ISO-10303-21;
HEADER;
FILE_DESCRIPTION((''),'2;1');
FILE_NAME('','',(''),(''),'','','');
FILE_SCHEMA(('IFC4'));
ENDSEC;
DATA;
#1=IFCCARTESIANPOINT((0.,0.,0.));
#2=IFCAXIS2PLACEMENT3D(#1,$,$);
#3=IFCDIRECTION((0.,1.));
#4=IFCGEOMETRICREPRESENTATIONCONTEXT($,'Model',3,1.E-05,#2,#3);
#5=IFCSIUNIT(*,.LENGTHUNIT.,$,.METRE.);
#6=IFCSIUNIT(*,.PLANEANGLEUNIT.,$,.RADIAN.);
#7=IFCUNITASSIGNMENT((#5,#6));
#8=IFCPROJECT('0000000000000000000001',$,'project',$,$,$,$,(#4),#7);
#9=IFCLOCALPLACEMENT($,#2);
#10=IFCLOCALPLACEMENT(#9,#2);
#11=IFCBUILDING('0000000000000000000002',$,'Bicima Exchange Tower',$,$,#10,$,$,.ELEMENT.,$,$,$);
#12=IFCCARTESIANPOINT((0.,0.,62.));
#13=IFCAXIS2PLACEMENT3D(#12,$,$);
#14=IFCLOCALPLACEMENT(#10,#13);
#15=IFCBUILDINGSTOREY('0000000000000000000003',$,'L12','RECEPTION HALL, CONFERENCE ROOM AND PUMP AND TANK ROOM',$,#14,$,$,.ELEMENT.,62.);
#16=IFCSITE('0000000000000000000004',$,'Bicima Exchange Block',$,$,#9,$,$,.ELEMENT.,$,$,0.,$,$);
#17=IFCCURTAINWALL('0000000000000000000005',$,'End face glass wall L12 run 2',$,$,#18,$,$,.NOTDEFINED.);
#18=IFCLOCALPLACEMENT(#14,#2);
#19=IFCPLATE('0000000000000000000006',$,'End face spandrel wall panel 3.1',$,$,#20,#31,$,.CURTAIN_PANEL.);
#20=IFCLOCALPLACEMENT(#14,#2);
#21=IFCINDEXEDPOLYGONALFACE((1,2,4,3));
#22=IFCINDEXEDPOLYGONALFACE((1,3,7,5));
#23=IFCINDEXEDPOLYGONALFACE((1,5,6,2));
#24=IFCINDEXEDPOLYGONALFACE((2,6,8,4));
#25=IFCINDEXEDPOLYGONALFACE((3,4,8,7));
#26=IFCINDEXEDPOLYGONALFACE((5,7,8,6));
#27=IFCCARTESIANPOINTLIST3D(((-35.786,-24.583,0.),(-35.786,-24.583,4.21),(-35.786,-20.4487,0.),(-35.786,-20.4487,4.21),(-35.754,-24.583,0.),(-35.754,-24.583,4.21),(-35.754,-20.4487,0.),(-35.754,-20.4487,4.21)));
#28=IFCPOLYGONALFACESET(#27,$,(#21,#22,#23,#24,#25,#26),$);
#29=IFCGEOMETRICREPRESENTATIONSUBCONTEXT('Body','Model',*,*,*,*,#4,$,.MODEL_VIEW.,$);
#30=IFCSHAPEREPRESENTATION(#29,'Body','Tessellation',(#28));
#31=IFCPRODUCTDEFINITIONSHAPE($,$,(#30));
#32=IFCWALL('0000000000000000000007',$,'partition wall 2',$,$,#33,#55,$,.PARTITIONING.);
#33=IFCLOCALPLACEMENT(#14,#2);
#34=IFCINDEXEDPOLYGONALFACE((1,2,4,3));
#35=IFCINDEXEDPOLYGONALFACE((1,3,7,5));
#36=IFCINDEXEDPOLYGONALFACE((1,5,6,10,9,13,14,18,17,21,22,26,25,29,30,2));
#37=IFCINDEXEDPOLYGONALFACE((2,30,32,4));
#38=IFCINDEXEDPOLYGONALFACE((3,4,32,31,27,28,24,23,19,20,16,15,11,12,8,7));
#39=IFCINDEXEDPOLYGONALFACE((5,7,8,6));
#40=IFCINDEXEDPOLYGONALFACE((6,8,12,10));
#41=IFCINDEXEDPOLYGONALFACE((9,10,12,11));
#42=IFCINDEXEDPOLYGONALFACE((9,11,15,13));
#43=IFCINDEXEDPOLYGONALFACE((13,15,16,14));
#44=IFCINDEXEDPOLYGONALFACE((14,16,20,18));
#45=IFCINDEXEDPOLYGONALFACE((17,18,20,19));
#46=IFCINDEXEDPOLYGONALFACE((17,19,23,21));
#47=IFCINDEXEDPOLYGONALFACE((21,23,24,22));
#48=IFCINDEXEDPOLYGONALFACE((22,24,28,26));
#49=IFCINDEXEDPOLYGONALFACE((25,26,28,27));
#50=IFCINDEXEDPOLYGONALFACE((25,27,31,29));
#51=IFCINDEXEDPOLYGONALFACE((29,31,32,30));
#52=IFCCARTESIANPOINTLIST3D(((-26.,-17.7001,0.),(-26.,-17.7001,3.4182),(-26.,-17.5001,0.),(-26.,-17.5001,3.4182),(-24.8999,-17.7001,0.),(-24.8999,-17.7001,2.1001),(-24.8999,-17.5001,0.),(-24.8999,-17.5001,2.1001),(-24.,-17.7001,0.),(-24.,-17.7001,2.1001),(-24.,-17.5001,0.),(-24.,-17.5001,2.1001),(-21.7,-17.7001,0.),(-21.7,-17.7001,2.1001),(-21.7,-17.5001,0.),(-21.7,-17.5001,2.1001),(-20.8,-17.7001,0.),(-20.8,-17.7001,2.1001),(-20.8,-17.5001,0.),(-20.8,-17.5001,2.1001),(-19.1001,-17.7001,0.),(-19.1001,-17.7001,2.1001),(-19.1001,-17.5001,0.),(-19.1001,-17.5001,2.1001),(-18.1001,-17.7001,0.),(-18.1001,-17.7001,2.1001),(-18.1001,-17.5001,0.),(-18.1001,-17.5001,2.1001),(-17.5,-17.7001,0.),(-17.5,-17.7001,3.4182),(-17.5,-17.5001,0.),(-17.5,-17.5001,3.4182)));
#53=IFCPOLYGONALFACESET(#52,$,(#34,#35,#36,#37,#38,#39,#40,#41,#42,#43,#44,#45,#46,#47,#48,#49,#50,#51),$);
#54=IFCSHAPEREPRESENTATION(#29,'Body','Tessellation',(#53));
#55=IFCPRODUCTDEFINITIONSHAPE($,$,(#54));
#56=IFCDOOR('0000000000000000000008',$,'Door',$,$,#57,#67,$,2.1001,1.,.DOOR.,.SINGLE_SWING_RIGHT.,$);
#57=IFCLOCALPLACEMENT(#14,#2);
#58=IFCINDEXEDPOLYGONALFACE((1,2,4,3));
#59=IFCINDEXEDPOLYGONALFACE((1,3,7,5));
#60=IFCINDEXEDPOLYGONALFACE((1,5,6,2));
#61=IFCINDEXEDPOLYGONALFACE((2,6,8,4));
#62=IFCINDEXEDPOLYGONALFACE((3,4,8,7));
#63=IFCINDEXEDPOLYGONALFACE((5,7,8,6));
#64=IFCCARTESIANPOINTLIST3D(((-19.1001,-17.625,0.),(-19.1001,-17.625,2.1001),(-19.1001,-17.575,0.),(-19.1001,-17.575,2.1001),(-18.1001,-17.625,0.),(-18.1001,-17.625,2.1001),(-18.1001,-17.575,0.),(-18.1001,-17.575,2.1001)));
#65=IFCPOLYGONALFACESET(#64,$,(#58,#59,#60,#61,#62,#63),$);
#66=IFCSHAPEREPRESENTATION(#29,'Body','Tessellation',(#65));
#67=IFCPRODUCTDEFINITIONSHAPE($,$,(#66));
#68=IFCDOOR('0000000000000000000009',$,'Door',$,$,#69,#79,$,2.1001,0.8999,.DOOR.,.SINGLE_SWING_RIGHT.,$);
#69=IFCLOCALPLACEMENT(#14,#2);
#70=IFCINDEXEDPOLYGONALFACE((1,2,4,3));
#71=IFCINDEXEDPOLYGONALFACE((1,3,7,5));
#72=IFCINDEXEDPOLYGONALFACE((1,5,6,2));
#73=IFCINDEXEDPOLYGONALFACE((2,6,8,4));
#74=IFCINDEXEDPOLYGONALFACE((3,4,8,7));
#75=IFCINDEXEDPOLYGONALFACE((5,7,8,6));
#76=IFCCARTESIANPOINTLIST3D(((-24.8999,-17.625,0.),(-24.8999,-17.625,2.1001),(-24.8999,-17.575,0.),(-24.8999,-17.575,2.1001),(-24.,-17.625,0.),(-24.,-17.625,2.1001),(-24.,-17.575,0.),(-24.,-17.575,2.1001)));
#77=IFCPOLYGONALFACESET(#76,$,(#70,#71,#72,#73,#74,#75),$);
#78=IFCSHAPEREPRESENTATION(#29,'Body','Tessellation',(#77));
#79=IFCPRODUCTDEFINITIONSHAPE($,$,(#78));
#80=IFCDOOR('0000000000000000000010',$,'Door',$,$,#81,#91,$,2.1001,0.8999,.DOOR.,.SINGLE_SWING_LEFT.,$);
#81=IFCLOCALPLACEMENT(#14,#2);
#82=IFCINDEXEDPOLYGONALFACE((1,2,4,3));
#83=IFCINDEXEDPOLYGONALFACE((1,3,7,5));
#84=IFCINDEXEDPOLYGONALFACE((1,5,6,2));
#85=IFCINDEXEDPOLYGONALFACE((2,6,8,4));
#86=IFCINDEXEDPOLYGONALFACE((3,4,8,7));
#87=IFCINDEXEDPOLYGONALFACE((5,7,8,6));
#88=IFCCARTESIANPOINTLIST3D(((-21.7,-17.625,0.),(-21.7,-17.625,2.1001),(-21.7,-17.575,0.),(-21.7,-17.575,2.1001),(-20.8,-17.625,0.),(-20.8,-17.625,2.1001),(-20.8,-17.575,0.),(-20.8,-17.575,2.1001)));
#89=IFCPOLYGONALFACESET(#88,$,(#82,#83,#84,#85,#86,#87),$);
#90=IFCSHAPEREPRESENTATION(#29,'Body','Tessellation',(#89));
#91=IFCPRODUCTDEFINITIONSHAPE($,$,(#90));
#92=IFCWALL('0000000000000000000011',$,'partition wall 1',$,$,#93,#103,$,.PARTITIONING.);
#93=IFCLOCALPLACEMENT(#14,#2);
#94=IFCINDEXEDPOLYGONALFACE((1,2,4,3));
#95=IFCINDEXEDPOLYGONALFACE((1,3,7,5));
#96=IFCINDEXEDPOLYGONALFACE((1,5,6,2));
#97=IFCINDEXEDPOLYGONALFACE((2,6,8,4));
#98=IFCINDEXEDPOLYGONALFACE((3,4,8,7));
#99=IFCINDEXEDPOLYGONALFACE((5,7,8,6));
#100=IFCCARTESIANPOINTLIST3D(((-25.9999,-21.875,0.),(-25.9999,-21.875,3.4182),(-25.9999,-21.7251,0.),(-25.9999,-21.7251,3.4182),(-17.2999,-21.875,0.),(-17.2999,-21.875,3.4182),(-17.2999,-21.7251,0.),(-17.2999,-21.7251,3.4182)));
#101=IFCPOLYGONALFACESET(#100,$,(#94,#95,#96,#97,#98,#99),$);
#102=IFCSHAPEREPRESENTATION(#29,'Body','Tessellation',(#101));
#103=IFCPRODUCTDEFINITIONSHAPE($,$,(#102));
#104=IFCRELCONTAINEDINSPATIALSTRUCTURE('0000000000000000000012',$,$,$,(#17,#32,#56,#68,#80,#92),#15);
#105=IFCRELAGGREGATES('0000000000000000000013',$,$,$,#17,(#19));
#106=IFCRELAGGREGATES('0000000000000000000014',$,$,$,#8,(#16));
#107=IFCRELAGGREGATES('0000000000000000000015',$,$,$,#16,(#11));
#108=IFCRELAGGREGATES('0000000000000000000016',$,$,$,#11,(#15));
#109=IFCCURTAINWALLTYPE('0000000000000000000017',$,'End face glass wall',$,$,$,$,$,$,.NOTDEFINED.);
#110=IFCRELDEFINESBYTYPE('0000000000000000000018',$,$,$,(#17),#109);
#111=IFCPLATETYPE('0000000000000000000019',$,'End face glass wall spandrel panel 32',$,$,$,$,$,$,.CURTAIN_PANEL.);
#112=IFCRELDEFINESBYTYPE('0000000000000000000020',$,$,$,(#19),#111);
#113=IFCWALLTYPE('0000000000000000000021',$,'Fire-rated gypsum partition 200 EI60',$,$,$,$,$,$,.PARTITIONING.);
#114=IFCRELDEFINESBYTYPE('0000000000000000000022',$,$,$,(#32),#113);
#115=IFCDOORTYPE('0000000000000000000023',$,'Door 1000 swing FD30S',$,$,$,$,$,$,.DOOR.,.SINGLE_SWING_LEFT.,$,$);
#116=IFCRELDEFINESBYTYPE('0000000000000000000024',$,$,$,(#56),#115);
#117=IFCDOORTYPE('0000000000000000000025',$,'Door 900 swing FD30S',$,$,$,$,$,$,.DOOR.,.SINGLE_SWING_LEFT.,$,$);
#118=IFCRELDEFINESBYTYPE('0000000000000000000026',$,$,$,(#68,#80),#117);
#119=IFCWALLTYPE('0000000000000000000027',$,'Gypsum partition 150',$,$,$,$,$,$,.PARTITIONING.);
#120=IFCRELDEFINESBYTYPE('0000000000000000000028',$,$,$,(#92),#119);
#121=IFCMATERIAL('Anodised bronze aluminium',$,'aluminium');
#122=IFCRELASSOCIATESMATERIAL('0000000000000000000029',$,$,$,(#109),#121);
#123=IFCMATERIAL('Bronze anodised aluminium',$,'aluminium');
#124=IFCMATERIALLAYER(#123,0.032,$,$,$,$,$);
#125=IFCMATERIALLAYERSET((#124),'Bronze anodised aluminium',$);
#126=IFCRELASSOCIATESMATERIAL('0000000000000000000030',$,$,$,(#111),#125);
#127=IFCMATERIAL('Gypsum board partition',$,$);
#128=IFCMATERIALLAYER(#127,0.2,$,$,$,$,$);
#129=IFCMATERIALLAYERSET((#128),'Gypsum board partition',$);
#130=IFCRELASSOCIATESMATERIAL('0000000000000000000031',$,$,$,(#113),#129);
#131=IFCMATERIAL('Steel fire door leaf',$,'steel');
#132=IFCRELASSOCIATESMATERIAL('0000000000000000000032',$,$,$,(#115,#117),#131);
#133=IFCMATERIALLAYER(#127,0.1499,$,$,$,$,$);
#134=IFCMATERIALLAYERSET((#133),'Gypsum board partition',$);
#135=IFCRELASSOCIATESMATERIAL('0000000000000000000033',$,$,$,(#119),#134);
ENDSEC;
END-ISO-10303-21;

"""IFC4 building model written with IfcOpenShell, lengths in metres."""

from ifc_helpers import new_model, si_unit, direction, frame, frame_2d, origin, origin_2d, place, context, subcontext, project, spatial, rectangle, extrude, material, layer, layer_set, type_object, element, fill, aggregate, save


model = new_model("IFC4")

# Units and contexts
model_context = context("Model", 3, precision=1e-05, world=origin(), true_north=direction((0.0, 1.0)))
body_context = subcontext(model_context, "Body", "Model", "MODEL_VIEW")
ifc_project = project(units=[si_unit("LENGTHUNIT", "METRE"), si_unit("PLANEANGLEUNIT", "RADIAN")], contexts=[model_context])

# Site, building, storey
site_placement = place(None, origin())
site = spatial("IfcSite", under=ifc_project, at=site_placement, Name="Bicima Exchange Block", CompositionType="ELEMENT", RefElevation=0.0)
building_placement = place(site_placement, origin())
building = spatial("IfcBuilding", under=site, at=building_placement, Name="Bicima Exchange Tower", CompositionType="ELEMENT")
storey_placement = place(building_placement, frame((0.0, 0.0, 62.0)))
storey = spatial("IfcBuildingStorey", under=building, at=storey_placement, Name="L12", Description="RECEPTION HALL, CONFERENCE ROOM AND PUMP AND TANK ROOM", CompositionType="ELEMENT", Elevation=62.0)

# Curtain wall
ifc_material_1 = material(Name="Anodised bronze aluminium", Category="aluminium")
curtain_wall_type = type_object("IfcCurtainWallType", Name="End face glass wall", PredefinedType="NOTDEFINED", material=ifc_material_1)
curtain_wall_placement = place(storey_placement, origin())
curtain_wall = element("IfcCurtainWall", 1, at=curtain_wall_placement, inside=storey, type_object=curtain_wall_type, Name="End face glass wall L12 run 2", PredefinedType="NOTDEFINED")

# Plate
ifc_material_2 = material(Name="Bronze anodised aluminium", Category="aluminium")
ifc_layer_1 = layer(ifc_material_2, 0.032)
ifc_layer_set_1 = layer_set([ifc_layer_1], Name="Bronze anodised aluminium")
plate_type_1 = type_object("IfcPlateType", Name="End face glass wall spandrel panel 32", PredefinedType="CURTAIN_PANEL", material=ifc_layer_set_1)
plate_1_placement = place(storey_placement, frame((-35.77, -22.5159, 0.0), z_axis=(0.0, 0.0, 1.0), x_axis=(0.0, -1.0, 0.0)))
plate_1 = element("IfcPlate", 2, at=plate_1_placement, type_object=plate_type_1, Name="End face spandrel wall panel 3.1", PredefinedType="CURTAIN_PANEL", context=body_context, shape_type="SweptSolid", body=[
    extrude(rectangle(XDim=4.1343, YDim=0.032, at=origin_2d()), origin(), (0.0, 0.0, 1.0), 4.21),
])
aggregate(curtain_wall, [plate_1])

# Wall, openings, doors
ifc_material_3 = material(Name="Gypsum board partition")
ifc_layer_2 = layer(ifc_material_3, 0.2)
ifc_layer_set_2 = layer_set([ifc_layer_2], Name="Gypsum board partition")
wall_type_1 = type_object("IfcWallType", Name="Fire-rated gypsum partition 200 EI60", PredefinedType="PARTITIONING", material=ifc_layer_set_2)
wall_1_placement = place(storey_placement, frame((-26.0, -17.6001, 0.0), z_axis=(0.0, 0.0, 1.0), x_axis=(1.0, 0.0, 0.0)))
wall_1 = element("IfcWall", 3, at=wall_1_placement, inside=storey, type_object=wall_type_1, Name="partition wall 2", PredefinedType="PARTITIONING", context=body_context, shape_type="SweptSolid", body=[
    extrude(rectangle(XDim=8.5, YDim=0.2, at=frame_2d((4.25, 0.0))), origin(), (0.0, 0.0, 1.0), 3.4182),
])
opening_1_placement = place(wall_1_placement, frame((1.1001, 0.0, 0.0)))
opening_1 = element("IfcOpeningElement", 4, at=opening_1_placement, cuts=wall_1, PredefinedType="OPENING", context=body_context, shape_type="SweptSolid", body=[
    extrude(rectangle(XDim=0.8999, YDim=2.1001, at=frame_2d((0.45, 1.05))), frame((0.0, 0.1118, 0.0), z_axis=(0.0, -1.0, 0.0), x_axis=(1.0, 0.0, 0.0)), (0.0, 0.0, 1.0), 0.2239),
])
opening_2_placement = place(wall_1_placement, frame((4.3, 0.0, 0.0)))
opening_2 = element("IfcOpeningElement", 5, at=opening_2_placement, cuts=wall_1, PredefinedType="OPENING", context=body_context, shape_type="SweptSolid", body=[
    extrude(rectangle(XDim=0.8999, YDim=2.1001, at=frame_2d((0.45, 1.05))), frame((0.0, 0.1118, 0.0), z_axis=(0.0, -1.0, 0.0), x_axis=(1.0, 0.0, 0.0)), (0.0, 0.0, 1.0), 0.2239),
])
opening_3_placement = place(wall_1_placement, frame((6.8999, 0.0, 0.0)))
opening_3 = element("IfcOpeningElement", 6, at=opening_3_placement, cuts=wall_1, PredefinedType="OPENING", context=body_context, shape_type="SweptSolid", body=[
    extrude(rectangle(XDim=1.0, YDim=2.1001, at=frame_2d((0.5, 1.05))), frame((0.0, 0.1118, 0.0), z_axis=(0.0, -1.0, 0.0), x_axis=(1.0, 0.0, 0.0)), (0.0, 0.0, 1.0), 0.2239),
])
ifc_material_4 = material(Name="Steel fire door leaf", Category="steel")
door_type_1 = type_object("IfcDoorType", Name="Door 1000 swing FD30S", OperationType="SINGLE_SWING_LEFT", PredefinedType="DOOR", material=ifc_material_4)
door_1_placement = place(opening_3_placement, frame((1.0, 0.0, 0.0), z_axis=(0.0, 0.0, 1.0), x_axis=(-1.0, 0.0, 0.0)))
door_1 = element("IfcDoor", 7, at=door_1_placement, inside=storey, type_object=door_type_1, Name="Door", OperationType="SINGLE_SWING_RIGHT", OverallHeight=2.1001, OverallWidth=1.0, PredefinedType="DOOR", context=body_context, shape_type="SweptSolid", body=[
    extrude(rectangle(XDim=1.0, YDim=2.1001, at=frame_2d((0.5, 1.05))), frame((0.0, 0.0249, 0.0), z_axis=(0.0, -1.0, 0.0), x_axis=(1.0, 0.0, 0.0)), (0.0, 0.0, 1.0), 0.05),
])
fill(opening_3, door_1)
door_type_2 = type_object("IfcDoorType", Name="Door 900 swing FD30S", OperationType="SINGLE_SWING_LEFT", PredefinedType="DOOR", material=ifc_material_4)
door_2_placement = place(opening_1_placement, frame((0.8999, 0.0, 0.0), z_axis=(0.0, 0.0, 1.0), x_axis=(-1.0, 0.0, 0.0)))
door_2 = element("IfcDoor", 8, at=door_2_placement, inside=storey, type_object=door_type_2, Name="Door", OperationType="SINGLE_SWING_RIGHT", OverallHeight=2.1001, OverallWidth=0.8999, PredefinedType="DOOR", context=body_context, shape_type="SweptSolid", body=[
    extrude(rectangle(XDim=0.8999, YDim=2.1001, at=frame_2d((0.45, 1.05))), frame((0.0, 0.0249, 0.0), z_axis=(0.0, -1.0, 0.0), x_axis=(1.0, 0.0, 0.0)), (0.0, 0.0, 1.0), 0.05),
])
fill(opening_1, door_2)
door_3_placement = place(opening_2_placement, frame((0.8999, 0.0, 0.0), z_axis=(0.0, 0.0, 1.0), x_axis=(-1.0, 0.0, 0.0)))
door_3 = element("IfcDoor", 9, at=door_3_placement, inside=storey, type_object=door_type_2, Name="Door", OperationType="SINGLE_SWING_LEFT", OverallHeight=2.1001, OverallWidth=0.8999, PredefinedType="DOOR", context=body_context, shape_type="SweptSolid", body=[
    extrude(rectangle(XDim=0.8999, YDim=2.1001, at=frame_2d((0.45, 1.05))), frame((0.0, 0.0249, 0.0), z_axis=(0.0, -1.0, 0.0), x_axis=(1.0, 0.0, 0.0)), (0.0, 0.0, 1.0), 0.05),
])
fill(opening_2, door_3)

# Wall
ifc_layer_3 = layer(ifc_material_3, 0.1499)
ifc_layer_set_3 = layer_set([ifc_layer_3], Name="Gypsum board partition")
wall_type_2 = type_object("IfcWallType", Name="Gypsum partition 150", PredefinedType="PARTITIONING", material=ifc_layer_set_3)
wall_2_placement = place(storey_placement, frame((-26.0, -21.8, 0.0), z_axis=(0.0, 0.0, 1.0), x_axis=(1.0, 0.0, 0.0)))
element("IfcWall", 10, at=wall_2_placement, inside=storey, type_object=wall_type_2, Name="partition wall 1", PredefinedType="PARTITIONING", context=body_context, shape_type="SweptSolid", body=[
    extrude(rectangle(XDim=8.7, YDim=0.1499, at=frame_2d((4.3501, 0.0))), origin(), (0.0, 0.0, 1.0), 3.4182),
])

save(model, "model.ifc")
